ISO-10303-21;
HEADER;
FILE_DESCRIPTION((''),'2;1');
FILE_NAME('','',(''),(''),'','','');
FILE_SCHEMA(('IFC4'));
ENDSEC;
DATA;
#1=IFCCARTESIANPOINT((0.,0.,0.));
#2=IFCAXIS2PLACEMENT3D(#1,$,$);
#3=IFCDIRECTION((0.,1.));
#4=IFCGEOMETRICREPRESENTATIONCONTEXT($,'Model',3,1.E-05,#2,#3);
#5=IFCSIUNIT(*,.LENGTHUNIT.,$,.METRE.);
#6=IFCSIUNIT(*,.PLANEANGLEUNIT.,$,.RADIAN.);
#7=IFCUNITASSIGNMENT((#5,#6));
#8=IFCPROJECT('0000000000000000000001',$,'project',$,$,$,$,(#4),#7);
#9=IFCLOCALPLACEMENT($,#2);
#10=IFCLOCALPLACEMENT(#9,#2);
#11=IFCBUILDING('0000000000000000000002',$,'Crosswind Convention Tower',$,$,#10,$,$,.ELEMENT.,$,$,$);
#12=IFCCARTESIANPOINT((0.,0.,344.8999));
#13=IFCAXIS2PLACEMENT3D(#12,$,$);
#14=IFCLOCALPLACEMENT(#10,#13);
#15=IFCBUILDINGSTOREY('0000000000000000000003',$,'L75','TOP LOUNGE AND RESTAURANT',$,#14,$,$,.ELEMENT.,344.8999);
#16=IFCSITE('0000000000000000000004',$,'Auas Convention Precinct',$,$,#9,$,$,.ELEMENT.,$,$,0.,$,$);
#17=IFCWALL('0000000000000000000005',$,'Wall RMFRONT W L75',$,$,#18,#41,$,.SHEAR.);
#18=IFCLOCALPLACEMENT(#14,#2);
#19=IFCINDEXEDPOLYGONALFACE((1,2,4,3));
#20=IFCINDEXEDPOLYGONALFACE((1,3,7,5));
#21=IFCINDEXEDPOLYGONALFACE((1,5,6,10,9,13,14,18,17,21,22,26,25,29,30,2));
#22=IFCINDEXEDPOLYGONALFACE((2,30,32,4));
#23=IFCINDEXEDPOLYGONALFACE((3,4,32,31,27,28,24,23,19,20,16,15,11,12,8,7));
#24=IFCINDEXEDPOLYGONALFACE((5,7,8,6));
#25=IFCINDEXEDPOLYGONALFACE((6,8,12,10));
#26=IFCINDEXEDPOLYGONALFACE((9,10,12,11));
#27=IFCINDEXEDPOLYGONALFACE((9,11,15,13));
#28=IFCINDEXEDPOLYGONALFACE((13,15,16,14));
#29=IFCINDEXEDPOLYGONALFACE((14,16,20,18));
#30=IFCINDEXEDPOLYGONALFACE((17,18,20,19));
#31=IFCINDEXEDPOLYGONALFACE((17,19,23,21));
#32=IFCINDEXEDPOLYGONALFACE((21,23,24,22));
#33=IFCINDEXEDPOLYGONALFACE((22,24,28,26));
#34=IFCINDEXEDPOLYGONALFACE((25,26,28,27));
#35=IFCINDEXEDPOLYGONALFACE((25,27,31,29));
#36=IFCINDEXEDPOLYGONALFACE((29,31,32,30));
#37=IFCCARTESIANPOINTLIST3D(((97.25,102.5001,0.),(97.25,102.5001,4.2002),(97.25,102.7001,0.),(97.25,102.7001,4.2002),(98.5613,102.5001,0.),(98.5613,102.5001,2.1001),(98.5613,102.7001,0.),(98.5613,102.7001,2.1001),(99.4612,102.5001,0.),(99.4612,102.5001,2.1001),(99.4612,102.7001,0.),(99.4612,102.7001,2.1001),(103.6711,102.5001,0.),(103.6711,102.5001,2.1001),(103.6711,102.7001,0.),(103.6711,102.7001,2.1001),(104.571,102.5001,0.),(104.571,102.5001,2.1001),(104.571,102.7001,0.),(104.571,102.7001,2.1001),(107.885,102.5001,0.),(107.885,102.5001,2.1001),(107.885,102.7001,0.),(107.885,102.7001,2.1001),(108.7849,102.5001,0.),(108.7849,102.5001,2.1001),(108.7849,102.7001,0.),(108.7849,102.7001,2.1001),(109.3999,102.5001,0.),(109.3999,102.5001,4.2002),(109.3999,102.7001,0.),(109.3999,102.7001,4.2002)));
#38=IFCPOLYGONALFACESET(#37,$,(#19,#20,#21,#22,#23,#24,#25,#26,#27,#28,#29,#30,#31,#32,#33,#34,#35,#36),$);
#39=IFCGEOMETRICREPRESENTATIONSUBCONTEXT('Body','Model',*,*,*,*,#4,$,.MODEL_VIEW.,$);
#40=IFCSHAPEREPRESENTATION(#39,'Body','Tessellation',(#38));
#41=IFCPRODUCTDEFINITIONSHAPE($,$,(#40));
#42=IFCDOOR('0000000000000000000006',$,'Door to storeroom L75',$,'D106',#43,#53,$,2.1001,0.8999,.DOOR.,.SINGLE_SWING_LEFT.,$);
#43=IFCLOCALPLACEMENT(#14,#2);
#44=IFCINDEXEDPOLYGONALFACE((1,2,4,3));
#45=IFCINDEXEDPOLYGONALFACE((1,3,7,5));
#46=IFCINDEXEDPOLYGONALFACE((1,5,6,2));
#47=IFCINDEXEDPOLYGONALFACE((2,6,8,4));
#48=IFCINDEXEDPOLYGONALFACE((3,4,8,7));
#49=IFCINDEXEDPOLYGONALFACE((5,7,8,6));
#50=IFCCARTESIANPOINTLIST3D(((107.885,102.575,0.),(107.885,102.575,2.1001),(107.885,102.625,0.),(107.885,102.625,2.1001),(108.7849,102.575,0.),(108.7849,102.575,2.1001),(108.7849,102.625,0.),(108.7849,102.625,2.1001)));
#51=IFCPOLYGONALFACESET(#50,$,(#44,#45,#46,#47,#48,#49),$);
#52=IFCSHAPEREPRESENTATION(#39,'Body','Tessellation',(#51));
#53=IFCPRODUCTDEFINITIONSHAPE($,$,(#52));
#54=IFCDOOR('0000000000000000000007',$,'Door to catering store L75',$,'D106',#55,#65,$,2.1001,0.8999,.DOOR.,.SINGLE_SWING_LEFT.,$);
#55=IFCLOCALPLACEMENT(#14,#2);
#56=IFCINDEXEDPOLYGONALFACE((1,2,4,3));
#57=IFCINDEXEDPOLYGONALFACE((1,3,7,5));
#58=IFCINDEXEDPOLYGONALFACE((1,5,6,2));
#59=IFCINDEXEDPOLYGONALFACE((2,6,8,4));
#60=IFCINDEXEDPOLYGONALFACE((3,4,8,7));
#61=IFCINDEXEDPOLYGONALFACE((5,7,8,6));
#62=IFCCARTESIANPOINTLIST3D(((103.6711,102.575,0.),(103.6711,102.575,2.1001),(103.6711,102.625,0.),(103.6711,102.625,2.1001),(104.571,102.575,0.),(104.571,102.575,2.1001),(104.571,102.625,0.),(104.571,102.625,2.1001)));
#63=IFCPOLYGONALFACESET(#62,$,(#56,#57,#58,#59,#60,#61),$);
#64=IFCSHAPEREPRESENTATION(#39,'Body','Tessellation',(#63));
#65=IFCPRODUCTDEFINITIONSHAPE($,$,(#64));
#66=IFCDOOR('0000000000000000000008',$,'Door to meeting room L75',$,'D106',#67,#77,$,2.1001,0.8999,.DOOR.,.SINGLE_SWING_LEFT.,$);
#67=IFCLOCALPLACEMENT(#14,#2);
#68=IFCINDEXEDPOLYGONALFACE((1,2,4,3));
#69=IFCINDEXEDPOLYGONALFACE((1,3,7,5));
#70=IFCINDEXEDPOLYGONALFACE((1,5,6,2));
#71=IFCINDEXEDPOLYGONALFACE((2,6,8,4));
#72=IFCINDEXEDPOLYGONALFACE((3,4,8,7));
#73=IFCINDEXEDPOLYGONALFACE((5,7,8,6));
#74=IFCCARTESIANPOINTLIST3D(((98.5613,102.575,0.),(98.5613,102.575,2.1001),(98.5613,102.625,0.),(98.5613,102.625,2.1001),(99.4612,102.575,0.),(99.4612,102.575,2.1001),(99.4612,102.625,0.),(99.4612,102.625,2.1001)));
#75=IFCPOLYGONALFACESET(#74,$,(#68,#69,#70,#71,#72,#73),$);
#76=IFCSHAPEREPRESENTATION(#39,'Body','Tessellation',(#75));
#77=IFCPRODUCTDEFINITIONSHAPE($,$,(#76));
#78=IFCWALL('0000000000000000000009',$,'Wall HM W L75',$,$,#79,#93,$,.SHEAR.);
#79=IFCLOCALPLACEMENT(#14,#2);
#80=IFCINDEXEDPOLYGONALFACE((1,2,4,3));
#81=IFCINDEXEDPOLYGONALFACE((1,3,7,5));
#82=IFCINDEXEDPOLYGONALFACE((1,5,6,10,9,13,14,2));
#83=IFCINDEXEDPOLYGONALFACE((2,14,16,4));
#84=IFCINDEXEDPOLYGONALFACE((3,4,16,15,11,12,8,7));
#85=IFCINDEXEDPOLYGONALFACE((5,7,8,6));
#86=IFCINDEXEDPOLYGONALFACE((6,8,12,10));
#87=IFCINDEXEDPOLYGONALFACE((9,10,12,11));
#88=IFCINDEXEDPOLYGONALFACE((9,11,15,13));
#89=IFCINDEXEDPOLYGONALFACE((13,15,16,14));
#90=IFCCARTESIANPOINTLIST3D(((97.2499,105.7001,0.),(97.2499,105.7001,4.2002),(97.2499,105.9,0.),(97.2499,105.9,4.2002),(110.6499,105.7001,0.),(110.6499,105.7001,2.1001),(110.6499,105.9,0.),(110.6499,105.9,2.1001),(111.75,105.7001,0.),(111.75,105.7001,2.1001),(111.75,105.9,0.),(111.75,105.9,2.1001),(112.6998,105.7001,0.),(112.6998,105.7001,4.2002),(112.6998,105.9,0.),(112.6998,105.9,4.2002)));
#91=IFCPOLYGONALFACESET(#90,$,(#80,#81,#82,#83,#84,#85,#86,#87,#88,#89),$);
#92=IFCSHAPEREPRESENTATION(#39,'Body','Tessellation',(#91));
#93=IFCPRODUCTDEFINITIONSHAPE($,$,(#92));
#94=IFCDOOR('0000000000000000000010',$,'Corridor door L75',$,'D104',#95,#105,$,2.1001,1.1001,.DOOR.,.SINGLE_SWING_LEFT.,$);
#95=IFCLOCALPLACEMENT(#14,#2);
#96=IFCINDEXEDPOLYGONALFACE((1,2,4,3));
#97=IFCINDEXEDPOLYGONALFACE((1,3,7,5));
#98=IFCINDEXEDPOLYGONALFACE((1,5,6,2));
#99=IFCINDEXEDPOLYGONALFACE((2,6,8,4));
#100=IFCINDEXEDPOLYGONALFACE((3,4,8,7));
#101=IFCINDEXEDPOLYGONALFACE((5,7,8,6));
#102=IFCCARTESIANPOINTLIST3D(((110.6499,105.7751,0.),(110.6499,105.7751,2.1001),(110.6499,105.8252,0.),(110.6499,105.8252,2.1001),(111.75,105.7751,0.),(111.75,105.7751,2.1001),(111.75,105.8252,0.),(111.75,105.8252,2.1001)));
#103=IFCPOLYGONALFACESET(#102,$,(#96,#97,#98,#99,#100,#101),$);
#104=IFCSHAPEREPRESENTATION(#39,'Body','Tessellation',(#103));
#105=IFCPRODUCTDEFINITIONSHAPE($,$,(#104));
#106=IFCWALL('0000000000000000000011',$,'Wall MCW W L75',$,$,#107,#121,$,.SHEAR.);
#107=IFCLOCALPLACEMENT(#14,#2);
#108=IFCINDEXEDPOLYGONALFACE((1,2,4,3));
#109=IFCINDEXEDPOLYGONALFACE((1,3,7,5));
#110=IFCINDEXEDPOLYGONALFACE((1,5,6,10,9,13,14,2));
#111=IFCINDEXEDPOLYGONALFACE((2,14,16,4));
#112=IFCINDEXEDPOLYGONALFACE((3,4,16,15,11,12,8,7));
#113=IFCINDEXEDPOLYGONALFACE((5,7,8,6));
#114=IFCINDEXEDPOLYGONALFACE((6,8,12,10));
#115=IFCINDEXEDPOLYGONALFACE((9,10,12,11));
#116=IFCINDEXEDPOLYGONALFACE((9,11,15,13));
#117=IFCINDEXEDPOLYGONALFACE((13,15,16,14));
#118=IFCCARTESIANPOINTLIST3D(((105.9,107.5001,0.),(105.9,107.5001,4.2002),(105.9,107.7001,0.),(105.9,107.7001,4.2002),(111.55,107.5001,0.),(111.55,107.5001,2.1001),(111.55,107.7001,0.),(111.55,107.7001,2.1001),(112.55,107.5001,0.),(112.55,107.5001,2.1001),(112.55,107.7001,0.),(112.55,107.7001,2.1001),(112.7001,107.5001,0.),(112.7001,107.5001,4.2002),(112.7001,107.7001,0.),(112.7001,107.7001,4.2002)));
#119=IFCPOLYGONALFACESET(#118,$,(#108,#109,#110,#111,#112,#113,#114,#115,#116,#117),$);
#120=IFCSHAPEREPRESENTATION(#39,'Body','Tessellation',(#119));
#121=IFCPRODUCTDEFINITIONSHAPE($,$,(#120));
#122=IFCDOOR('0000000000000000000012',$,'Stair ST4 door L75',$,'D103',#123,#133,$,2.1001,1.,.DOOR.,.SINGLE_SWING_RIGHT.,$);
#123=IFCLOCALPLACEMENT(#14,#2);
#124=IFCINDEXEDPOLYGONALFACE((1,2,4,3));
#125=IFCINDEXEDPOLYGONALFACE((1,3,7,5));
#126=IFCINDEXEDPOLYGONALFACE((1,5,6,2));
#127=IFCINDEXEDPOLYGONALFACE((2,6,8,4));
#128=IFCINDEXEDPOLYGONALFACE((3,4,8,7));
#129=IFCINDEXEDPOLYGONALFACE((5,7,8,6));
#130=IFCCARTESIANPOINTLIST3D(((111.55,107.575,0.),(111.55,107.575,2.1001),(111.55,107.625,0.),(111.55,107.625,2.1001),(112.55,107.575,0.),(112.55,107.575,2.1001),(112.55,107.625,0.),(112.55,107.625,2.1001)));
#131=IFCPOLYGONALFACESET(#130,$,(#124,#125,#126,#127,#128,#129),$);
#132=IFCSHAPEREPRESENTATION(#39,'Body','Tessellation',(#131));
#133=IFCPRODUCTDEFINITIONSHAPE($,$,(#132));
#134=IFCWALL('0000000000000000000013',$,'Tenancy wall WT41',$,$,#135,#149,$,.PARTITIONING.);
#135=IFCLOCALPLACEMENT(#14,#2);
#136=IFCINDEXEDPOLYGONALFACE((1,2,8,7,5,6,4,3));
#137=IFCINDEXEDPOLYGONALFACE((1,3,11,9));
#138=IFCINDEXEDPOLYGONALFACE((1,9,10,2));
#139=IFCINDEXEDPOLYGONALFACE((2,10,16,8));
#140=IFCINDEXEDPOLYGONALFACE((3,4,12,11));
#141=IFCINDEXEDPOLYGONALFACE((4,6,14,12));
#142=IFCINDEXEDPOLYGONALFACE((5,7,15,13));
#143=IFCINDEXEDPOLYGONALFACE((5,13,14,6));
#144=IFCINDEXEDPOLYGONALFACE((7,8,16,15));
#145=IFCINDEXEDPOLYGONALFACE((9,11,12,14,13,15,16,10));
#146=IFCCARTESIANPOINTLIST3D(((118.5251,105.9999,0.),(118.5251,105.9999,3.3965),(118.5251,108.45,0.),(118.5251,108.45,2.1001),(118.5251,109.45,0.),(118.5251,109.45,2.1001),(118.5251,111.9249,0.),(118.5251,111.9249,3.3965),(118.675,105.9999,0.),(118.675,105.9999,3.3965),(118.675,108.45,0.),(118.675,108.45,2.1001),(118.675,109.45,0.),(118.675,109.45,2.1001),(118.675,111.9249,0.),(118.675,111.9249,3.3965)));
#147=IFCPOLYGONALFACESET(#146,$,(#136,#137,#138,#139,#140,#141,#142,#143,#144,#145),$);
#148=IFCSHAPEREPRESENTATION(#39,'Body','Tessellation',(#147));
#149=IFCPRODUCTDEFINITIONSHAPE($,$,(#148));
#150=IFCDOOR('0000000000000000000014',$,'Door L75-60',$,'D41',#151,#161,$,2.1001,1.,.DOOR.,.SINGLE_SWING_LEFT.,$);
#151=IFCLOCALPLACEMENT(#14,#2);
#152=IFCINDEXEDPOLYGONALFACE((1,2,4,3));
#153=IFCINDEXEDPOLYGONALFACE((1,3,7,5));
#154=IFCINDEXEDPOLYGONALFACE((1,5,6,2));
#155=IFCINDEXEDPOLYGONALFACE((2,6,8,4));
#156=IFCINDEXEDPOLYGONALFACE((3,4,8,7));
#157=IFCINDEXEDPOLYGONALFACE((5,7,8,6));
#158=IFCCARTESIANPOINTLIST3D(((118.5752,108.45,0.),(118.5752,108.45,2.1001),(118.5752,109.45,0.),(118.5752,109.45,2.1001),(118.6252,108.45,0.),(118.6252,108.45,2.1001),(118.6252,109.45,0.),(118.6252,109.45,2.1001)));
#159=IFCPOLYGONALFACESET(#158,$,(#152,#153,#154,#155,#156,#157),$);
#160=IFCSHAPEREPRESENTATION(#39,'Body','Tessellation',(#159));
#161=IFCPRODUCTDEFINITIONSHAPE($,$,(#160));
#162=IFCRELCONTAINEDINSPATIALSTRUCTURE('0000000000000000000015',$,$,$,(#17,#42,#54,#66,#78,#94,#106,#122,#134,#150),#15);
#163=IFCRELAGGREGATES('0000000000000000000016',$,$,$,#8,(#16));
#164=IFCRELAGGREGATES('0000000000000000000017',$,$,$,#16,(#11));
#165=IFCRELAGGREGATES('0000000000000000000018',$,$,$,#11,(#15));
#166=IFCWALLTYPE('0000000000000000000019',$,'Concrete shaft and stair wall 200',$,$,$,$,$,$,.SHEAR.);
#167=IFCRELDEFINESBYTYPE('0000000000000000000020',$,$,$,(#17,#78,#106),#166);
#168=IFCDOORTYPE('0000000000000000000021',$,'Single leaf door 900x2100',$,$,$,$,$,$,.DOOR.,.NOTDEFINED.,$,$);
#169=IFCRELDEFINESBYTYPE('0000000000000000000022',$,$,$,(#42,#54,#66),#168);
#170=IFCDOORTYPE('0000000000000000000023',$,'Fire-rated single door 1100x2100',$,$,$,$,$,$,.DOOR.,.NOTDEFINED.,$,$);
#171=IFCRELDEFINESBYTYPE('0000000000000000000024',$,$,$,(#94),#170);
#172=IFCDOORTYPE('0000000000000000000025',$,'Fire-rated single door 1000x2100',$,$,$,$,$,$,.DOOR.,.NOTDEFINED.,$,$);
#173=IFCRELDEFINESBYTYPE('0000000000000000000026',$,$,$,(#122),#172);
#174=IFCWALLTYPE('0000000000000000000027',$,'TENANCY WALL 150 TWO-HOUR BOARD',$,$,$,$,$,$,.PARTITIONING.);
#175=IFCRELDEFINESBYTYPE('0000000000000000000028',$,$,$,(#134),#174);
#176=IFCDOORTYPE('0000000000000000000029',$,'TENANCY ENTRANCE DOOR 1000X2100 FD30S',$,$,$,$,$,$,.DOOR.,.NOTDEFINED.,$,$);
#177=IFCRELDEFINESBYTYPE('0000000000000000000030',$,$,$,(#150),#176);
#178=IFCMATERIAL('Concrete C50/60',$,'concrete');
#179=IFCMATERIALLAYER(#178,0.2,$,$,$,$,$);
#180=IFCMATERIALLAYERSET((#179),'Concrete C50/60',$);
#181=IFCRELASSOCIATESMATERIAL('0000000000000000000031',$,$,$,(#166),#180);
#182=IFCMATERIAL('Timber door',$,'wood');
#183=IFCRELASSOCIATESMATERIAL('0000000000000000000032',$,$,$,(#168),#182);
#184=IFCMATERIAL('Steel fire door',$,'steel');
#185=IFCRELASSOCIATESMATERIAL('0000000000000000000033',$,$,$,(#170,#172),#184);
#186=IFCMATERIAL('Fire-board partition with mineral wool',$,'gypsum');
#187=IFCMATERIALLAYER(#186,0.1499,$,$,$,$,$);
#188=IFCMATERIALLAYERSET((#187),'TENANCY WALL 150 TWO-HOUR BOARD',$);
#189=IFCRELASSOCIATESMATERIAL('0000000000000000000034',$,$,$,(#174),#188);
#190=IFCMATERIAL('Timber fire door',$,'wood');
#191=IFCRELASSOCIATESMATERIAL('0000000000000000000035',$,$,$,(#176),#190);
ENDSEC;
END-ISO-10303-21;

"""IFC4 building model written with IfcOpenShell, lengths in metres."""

from ifc_helpers import new_model, si_unit, direction, frame, frame_2d, origin, place, context, subcontext, project, spatial, rectangle, extrude, material, layer, layer_set, type_object, element, fill, save


model = new_model("IFC4")

# Units and contexts
model_context = context("Model", 3, precision=1e-05, world=origin(), true_north=direction((0.0, 1.0)))
body_context = subcontext(model_context, "Body", "Model", "MODEL_VIEW")
ifc_project = project(units=[si_unit("LENGTHUNIT", "METRE"), si_unit("PLANEANGLEUNIT", "RADIAN")], contexts=[model_context])

# Site, building, storey
site_placement = place(None, origin())
site = spatial("IfcSite", under=ifc_project, at=site_placement, Name="Auas Convention Precinct", CompositionType="ELEMENT", RefElevation=0.0)
building_placement = place(site_placement, origin())
building = spatial("IfcBuilding", under=site, at=building_placement, Name="Crosswind Convention Tower", CompositionType="ELEMENT")
storey_placement = place(building_placement, frame((0.0, 0.0, 344.8999)))
storey = spatial("IfcBuildingStorey", under=building, at=storey_placement, Name="L75", Description="TOP LOUNGE AND RESTAURANT", CompositionType="ELEMENT", Elevation=344.8999)

# Shared definitions
ifc_material_1 = material(Name="Concrete C50/60", Category="concrete")

# Wall, openings, doors
ifc_layer_1 = layer(ifc_material_1, 0.2)
ifc_layer_set_1 = layer_set([ifc_layer_1], Name="Concrete C50/60")
wall_type_1 = type_object("IfcWallType", Name="Concrete shaft and stair wall 200", PredefinedType="SHEAR", material=ifc_layer_set_1)
wall_1_placement = place(storey_placement, frame((109.3999, 102.6001, 0.0), z_axis=(0.0, 0.0, 1.0), x_axis=(-1.0, 0.0, 0.0)))
wall_1 = element("IfcWall", 1, at=wall_1_placement, inside=storey, type_object=wall_type_1, Name="Wall RMFRONT W L75", PredefinedType="SHEAR", context=body_context, shape_type="SweptSolid", body=[
    extrude(rectangle(XDim=12.1499, YDim=0.2, at=frame_2d((6.075, 0.0))), origin(), (0.0, 0.0, 1.0), 4.2002),
])
opening_1_placement = place(wall_1_placement, frame((0.615, 0.0, 0.0)))
opening_1 = element("IfcOpeningElement", 2, at=opening_1_placement, cuts=wall_1, PredefinedType="OPENING", context=body_context, shape_type="SweptSolid", body=[
    extrude(rectangle(XDim=0.8999, YDim=2.1001, at=frame_2d((0.45, 1.05))), frame((0.0, 0.1099, 0.0), z_axis=(0.0, -1.0, 0.0), x_axis=(1.0, 0.0, 0.0)), (0.0, 0.0, 1.0), 0.22),
])
opening_2_placement = place(wall_1_placement, frame((4.8289, 0.0, 0.0)))
opening_2 = element("IfcOpeningElement", 3, at=opening_2_placement, cuts=wall_1, PredefinedType="OPENING", context=body_context, shape_type="SweptSolid", body=[
    extrude(rectangle(XDim=0.8999, YDim=2.1001, at=frame_2d((0.45, 1.05))), frame((0.0, 0.1099, 0.0), z_axis=(0.0, -1.0, 0.0), x_axis=(1.0, 0.0, 0.0)), (0.0, 0.0, 1.0), 0.22),
])
opening_3_placement = place(wall_1_placement, frame((9.9387, 0.0, 0.0)))
opening_3 = element("IfcOpeningElement", 4, at=opening_3_placement, cuts=wall_1, PredefinedType="OPENING", context=body_context, shape_type="SweptSolid", body=[
    extrude(rectangle(XDim=0.8999, YDim=2.1001, at=frame_2d((0.45, 1.05))), frame((0.0, 0.1099, 0.0), z_axis=(0.0, -1.0, 0.0), x_axis=(1.0, 0.0, 0.0)), (0.0, 0.0, 1.0), 0.22),
])
ifc_material_2 = material(Name="Timber door", Category="wood")
door_type_1 = type_object("IfcDoorType", Name="Single leaf door 900x2100", OperationType="NOTDEFINED", PredefinedType="DOOR", material=ifc_material_2)
door_1_placement = place(opening_1_placement, frame((0.8999, 0.0, 0.0), z_axis=(0.0, 0.0, 1.0), x_axis=(-1.0, 0.0, 0.0)))
door_1 = element("IfcDoor", 5, at=door_1_placement, inside=storey, type_object=door_type_1, Name="Door to storeroom L75", ObjectType="D106", OperationType="SINGLE_SWING_LEFT", OverallHeight=2.1001, OverallWidth=0.8999, PredefinedType="DOOR", context=body_context, shape_type="SweptSolid", body=[
    extrude(rectangle(XDim=0.8999, YDim=2.1001, at=frame_2d((0.45, 1.05))), frame((0.0, 0.0249, 0.0), z_axis=(0.0, -1.0, 0.0), x_axis=(1.0, 0.0, 0.0)), (0.0, 0.0, 1.0), 0.05),
])
fill(opening_1, door_1)
door_2_placement = place(opening_2_placement, frame((0.8999, 0.0, 0.0), z_axis=(0.0, 0.0, 1.0), x_axis=(-1.0, 0.0, 0.0)))
door_2 = element("IfcDoor", 6, at=door_2_placement, inside=storey, type_object=door_type_1, Name="Door to catering store L75", ObjectType="D106", OperationType="SINGLE_SWING_LEFT", OverallHeight=2.1001, OverallWidth=0.8999, PredefinedType="DOOR", context=body_context, shape_type="SweptSolid", body=[
    extrude(rectangle(XDim=0.8999, YDim=2.1001, at=frame_2d((0.45, 1.05))), frame((0.0, 0.0249, 0.0), z_axis=(0.0, -1.0, 0.0), x_axis=(1.0, 0.0, 0.0)), (0.0, 0.0, 1.0), 0.05),
])
fill(opening_2, door_2)
door_3_placement = place(opening_3_placement, frame((0.8999, 0.0, 0.0), z_axis=(0.0, 0.0, 1.0), x_axis=(-1.0, 0.0, 0.0)))
door_3 = element("IfcDoor", 7, at=door_3_placement, inside=storey, type_object=door_type_1, Name="Door to meeting room L75", ObjectType="D106", OperationType="SINGLE_SWING_LEFT", OverallHeight=2.1001, OverallWidth=0.8999, PredefinedType="DOOR", context=body_context, shape_type="SweptSolid", body=[
    extrude(rectangle(XDim=0.8999, YDim=2.1001, at=frame_2d((0.45, 1.05))), frame((0.0, 0.0249, 0.0), z_axis=(0.0, -1.0, 0.0), x_axis=(1.0, 0.0, 0.0)), (0.0, 0.0, 1.0), 0.05),
])
fill(opening_3, door_3)

# Walls, openings, doors
wall_2_placement = place(storey_placement, frame((112.7, 105.8, 0.0), z_axis=(0.0, 0.0, 1.0), x_axis=(-1.0, 0.0, 0.0)))
wall_2 = element("IfcWall", 8, at=wall_2_placement, inside=storey, type_object=wall_type_1, Name="Wall HM W L75", PredefinedType="SHEAR", context=body_context, shape_type="SweptSolid", body=[
    extrude(rectangle(XDim=15.45, YDim=0.2, at=frame_2d((7.7251, 0.0))), origin(), (0.0, 0.0, 1.0), 4.2002),
])
opening_4_placement = place(wall_2_placement, frame((0.95, 0.0, 0.0)))
opening_4 = element("IfcOpeningElement", 9, at=opening_4_placement, cuts=wall_2, PredefinedType="OPENING", context=body_context, shape_type="SweptSolid", body=[
    extrude(rectangle(XDim=1.1001, YDim=2.1001, at=frame_2d((0.55, 1.05))), frame((0.0, 0.1099, 0.0), z_axis=(0.0, -1.0, 0.0), x_axis=(1.0, 0.0, 0.0)), (0.0, 0.0, 1.0), 0.22),
])
ifc_material_3 = material(Name="Steel fire door", Category="steel")
door_type_2 = type_object("IfcDoorType", Name="Fire-rated single door 1100x2100", OperationType="NOTDEFINED", PredefinedType="DOOR", material=ifc_material_3)
door_4_placement = place(opening_4_placement, origin())
door_4 = element("IfcDoor", 10, at=door_4_placement, inside=storey, type_object=door_type_2, Name="Corridor door L75", ObjectType="D104", OperationType="SINGLE_SWING_LEFT", OverallHeight=2.1001, OverallWidth=1.1001, PredefinedType="DOOR", context=body_context, shape_type="SweptSolid", body=[
    extrude(rectangle(XDim=1.1001, YDim=2.1001, at=frame_2d((0.55, 1.05))), frame((0.0, 0.0249, 0.0), z_axis=(0.0, -1.0, 0.0), x_axis=(1.0, 0.0, 0.0)), (0.0, 0.0, 1.0), 0.05),
])
fill(opening_4, door_4)
wall_3_placement = place(storey_placement, frame((112.7, 107.6001, 0.0), z_axis=(0.0, 0.0, 1.0), x_axis=(-1.0, 0.0, 0.0)))
wall_3 = element("IfcWall", 11, at=wall_3_placement, inside=storey, type_object=wall_type_1, Name="Wall MCW W L75", PredefinedType="SHEAR", context=body_context, shape_type="SweptSolid", body=[
    extrude(rectangle(XDim=6.8, YDim=0.2, at=frame_2d((3.3999, 0.0))), origin(), (0.0, 0.0, 1.0), 4.2002),
])
opening_5_placement = place(wall_3_placement, frame((0.1499, 0.0, 0.0)))
opening_5 = element("IfcOpeningElement", 12, at=opening_5_placement, cuts=wall_3, PredefinedType="OPENING", context=body_context, shape_type="SweptSolid", body=[
    extrude(rectangle(XDim=1.0, YDim=2.1001, at=frame_2d((0.5, 1.05))), frame((0.0, 0.1099, 0.0), z_axis=(0.0, -1.0, 0.0), x_axis=(1.0, 0.0, 0.0)), (0.0, 0.0, 1.0), 0.22),
])
door_type_3 = type_object("IfcDoorType", Name="Fire-rated single door 1000x2100", OperationType="NOTDEFINED", PredefinedType="DOOR", material=ifc_material_3)
door_5_placement = place(opening_5_placement, frame((1.0, 0.0, 0.0), z_axis=(0.0, 0.0, 1.0), x_axis=(-1.0, 0.0, 0.0)))
door_5 = element("IfcDoor", 13, at=door_5_placement, inside=storey, type_object=door_type_3, Name="Stair ST4 door L75", ObjectType="D103", OperationType="SINGLE_SWING_RIGHT", OverallHeight=2.1001, OverallWidth=1.0, PredefinedType="DOOR", context=body_context, shape_type="SweptSolid", body=[
    extrude(rectangle(XDim=1.0, YDim=2.1001, at=frame_2d((0.5, 1.05))), frame((0.0, 0.0249, 0.0), z_axis=(0.0, -1.0, 0.0), x_axis=(1.0, 0.0, 0.0)), (0.0, 0.0, 1.0), 0.05),
])
fill(opening_5, door_5)
ifc_material_4 = material(Name="Fire-board partition with mineral wool", Category="gypsum")
ifc_layer_2 = layer(ifc_material_4, 0.1499)
ifc_layer_set_2 = layer_set([ifc_layer_2], Name="TENANCY WALL 150 TWO-HOUR BOARD")
wall_type_2 = type_object("IfcWallType", Name="TENANCY WALL 150 TWO-HOUR BOARD", PredefinedType="PARTITIONING", material=ifc_layer_set_2)
wall_4_placement = place(storey_placement, frame((118.6001, 106.0, 0.0), z_axis=(0.0, 0.0, 1.0), x_axis=(0.0, 1.0, 0.0)))
wall_4 = element("IfcWall", 14, at=wall_4_placement, inside=storey, type_object=wall_type_2, Name="Tenancy wall WT41", PredefinedType="PARTITIONING", context=body_context, shape_type="SweptSolid", body=[
    extrude(rectangle(XDim=5.925, YDim=0.1499, at=frame_2d((2.9624, 0.0))), origin(), (0.0, 0.0, 1.0), 3.3965),
])
opening_6_placement = place(wall_4_placement, frame((2.45, 0.0, 0.0)))
opening_6 = element("IfcOpeningElement", 15, at=opening_6_placement, cuts=wall_4, PredefinedType="OPENING", context=body_context, shape_type="SweptSolid", body=[
    extrude(rectangle(XDim=1.0, YDim=2.1001, at=frame_2d((0.5, 1.05))), frame((0.0, 0.085, 0.0), z_axis=(0.0, -1.0, 0.0), x_axis=(1.0, 0.0, 0.0)), (0.0, 0.0, 1.0), 0.1699),
])
ifc_material_5 = material(Name="Timber fire door", Category="wood")
door_type_4 = type_object("IfcDoorType", Name="TENANCY ENTRANCE DOOR 1000X2100 FD30S", OperationType="NOTDEFINED", PredefinedType="DOOR", material=ifc_material_5)
door_6_placement = place(opening_6_placement, origin())
door_6 = element("IfcDoor", 16, at=door_6_placement, inside=storey, type_object=door_type_4, Name="Door L75-60", ObjectType="D41", OperationType="SINGLE_SWING_LEFT", OverallHeight=2.1001, OverallWidth=1.0, PredefinedType="DOOR", context=body_context, shape_type="SweptSolid", body=[
    extrude(rectangle(XDim=1.0, YDim=2.1001, at=frame_2d((0.5, 1.05))), frame((0.0, 0.0249, 0.0), z_axis=(0.0, -1.0, 0.0), x_axis=(1.0, 0.0, 0.0)), (0.0, 0.0, 1.0), 0.05),
])
fill(opening_6, door_6)

save(model, "model.ifc")
